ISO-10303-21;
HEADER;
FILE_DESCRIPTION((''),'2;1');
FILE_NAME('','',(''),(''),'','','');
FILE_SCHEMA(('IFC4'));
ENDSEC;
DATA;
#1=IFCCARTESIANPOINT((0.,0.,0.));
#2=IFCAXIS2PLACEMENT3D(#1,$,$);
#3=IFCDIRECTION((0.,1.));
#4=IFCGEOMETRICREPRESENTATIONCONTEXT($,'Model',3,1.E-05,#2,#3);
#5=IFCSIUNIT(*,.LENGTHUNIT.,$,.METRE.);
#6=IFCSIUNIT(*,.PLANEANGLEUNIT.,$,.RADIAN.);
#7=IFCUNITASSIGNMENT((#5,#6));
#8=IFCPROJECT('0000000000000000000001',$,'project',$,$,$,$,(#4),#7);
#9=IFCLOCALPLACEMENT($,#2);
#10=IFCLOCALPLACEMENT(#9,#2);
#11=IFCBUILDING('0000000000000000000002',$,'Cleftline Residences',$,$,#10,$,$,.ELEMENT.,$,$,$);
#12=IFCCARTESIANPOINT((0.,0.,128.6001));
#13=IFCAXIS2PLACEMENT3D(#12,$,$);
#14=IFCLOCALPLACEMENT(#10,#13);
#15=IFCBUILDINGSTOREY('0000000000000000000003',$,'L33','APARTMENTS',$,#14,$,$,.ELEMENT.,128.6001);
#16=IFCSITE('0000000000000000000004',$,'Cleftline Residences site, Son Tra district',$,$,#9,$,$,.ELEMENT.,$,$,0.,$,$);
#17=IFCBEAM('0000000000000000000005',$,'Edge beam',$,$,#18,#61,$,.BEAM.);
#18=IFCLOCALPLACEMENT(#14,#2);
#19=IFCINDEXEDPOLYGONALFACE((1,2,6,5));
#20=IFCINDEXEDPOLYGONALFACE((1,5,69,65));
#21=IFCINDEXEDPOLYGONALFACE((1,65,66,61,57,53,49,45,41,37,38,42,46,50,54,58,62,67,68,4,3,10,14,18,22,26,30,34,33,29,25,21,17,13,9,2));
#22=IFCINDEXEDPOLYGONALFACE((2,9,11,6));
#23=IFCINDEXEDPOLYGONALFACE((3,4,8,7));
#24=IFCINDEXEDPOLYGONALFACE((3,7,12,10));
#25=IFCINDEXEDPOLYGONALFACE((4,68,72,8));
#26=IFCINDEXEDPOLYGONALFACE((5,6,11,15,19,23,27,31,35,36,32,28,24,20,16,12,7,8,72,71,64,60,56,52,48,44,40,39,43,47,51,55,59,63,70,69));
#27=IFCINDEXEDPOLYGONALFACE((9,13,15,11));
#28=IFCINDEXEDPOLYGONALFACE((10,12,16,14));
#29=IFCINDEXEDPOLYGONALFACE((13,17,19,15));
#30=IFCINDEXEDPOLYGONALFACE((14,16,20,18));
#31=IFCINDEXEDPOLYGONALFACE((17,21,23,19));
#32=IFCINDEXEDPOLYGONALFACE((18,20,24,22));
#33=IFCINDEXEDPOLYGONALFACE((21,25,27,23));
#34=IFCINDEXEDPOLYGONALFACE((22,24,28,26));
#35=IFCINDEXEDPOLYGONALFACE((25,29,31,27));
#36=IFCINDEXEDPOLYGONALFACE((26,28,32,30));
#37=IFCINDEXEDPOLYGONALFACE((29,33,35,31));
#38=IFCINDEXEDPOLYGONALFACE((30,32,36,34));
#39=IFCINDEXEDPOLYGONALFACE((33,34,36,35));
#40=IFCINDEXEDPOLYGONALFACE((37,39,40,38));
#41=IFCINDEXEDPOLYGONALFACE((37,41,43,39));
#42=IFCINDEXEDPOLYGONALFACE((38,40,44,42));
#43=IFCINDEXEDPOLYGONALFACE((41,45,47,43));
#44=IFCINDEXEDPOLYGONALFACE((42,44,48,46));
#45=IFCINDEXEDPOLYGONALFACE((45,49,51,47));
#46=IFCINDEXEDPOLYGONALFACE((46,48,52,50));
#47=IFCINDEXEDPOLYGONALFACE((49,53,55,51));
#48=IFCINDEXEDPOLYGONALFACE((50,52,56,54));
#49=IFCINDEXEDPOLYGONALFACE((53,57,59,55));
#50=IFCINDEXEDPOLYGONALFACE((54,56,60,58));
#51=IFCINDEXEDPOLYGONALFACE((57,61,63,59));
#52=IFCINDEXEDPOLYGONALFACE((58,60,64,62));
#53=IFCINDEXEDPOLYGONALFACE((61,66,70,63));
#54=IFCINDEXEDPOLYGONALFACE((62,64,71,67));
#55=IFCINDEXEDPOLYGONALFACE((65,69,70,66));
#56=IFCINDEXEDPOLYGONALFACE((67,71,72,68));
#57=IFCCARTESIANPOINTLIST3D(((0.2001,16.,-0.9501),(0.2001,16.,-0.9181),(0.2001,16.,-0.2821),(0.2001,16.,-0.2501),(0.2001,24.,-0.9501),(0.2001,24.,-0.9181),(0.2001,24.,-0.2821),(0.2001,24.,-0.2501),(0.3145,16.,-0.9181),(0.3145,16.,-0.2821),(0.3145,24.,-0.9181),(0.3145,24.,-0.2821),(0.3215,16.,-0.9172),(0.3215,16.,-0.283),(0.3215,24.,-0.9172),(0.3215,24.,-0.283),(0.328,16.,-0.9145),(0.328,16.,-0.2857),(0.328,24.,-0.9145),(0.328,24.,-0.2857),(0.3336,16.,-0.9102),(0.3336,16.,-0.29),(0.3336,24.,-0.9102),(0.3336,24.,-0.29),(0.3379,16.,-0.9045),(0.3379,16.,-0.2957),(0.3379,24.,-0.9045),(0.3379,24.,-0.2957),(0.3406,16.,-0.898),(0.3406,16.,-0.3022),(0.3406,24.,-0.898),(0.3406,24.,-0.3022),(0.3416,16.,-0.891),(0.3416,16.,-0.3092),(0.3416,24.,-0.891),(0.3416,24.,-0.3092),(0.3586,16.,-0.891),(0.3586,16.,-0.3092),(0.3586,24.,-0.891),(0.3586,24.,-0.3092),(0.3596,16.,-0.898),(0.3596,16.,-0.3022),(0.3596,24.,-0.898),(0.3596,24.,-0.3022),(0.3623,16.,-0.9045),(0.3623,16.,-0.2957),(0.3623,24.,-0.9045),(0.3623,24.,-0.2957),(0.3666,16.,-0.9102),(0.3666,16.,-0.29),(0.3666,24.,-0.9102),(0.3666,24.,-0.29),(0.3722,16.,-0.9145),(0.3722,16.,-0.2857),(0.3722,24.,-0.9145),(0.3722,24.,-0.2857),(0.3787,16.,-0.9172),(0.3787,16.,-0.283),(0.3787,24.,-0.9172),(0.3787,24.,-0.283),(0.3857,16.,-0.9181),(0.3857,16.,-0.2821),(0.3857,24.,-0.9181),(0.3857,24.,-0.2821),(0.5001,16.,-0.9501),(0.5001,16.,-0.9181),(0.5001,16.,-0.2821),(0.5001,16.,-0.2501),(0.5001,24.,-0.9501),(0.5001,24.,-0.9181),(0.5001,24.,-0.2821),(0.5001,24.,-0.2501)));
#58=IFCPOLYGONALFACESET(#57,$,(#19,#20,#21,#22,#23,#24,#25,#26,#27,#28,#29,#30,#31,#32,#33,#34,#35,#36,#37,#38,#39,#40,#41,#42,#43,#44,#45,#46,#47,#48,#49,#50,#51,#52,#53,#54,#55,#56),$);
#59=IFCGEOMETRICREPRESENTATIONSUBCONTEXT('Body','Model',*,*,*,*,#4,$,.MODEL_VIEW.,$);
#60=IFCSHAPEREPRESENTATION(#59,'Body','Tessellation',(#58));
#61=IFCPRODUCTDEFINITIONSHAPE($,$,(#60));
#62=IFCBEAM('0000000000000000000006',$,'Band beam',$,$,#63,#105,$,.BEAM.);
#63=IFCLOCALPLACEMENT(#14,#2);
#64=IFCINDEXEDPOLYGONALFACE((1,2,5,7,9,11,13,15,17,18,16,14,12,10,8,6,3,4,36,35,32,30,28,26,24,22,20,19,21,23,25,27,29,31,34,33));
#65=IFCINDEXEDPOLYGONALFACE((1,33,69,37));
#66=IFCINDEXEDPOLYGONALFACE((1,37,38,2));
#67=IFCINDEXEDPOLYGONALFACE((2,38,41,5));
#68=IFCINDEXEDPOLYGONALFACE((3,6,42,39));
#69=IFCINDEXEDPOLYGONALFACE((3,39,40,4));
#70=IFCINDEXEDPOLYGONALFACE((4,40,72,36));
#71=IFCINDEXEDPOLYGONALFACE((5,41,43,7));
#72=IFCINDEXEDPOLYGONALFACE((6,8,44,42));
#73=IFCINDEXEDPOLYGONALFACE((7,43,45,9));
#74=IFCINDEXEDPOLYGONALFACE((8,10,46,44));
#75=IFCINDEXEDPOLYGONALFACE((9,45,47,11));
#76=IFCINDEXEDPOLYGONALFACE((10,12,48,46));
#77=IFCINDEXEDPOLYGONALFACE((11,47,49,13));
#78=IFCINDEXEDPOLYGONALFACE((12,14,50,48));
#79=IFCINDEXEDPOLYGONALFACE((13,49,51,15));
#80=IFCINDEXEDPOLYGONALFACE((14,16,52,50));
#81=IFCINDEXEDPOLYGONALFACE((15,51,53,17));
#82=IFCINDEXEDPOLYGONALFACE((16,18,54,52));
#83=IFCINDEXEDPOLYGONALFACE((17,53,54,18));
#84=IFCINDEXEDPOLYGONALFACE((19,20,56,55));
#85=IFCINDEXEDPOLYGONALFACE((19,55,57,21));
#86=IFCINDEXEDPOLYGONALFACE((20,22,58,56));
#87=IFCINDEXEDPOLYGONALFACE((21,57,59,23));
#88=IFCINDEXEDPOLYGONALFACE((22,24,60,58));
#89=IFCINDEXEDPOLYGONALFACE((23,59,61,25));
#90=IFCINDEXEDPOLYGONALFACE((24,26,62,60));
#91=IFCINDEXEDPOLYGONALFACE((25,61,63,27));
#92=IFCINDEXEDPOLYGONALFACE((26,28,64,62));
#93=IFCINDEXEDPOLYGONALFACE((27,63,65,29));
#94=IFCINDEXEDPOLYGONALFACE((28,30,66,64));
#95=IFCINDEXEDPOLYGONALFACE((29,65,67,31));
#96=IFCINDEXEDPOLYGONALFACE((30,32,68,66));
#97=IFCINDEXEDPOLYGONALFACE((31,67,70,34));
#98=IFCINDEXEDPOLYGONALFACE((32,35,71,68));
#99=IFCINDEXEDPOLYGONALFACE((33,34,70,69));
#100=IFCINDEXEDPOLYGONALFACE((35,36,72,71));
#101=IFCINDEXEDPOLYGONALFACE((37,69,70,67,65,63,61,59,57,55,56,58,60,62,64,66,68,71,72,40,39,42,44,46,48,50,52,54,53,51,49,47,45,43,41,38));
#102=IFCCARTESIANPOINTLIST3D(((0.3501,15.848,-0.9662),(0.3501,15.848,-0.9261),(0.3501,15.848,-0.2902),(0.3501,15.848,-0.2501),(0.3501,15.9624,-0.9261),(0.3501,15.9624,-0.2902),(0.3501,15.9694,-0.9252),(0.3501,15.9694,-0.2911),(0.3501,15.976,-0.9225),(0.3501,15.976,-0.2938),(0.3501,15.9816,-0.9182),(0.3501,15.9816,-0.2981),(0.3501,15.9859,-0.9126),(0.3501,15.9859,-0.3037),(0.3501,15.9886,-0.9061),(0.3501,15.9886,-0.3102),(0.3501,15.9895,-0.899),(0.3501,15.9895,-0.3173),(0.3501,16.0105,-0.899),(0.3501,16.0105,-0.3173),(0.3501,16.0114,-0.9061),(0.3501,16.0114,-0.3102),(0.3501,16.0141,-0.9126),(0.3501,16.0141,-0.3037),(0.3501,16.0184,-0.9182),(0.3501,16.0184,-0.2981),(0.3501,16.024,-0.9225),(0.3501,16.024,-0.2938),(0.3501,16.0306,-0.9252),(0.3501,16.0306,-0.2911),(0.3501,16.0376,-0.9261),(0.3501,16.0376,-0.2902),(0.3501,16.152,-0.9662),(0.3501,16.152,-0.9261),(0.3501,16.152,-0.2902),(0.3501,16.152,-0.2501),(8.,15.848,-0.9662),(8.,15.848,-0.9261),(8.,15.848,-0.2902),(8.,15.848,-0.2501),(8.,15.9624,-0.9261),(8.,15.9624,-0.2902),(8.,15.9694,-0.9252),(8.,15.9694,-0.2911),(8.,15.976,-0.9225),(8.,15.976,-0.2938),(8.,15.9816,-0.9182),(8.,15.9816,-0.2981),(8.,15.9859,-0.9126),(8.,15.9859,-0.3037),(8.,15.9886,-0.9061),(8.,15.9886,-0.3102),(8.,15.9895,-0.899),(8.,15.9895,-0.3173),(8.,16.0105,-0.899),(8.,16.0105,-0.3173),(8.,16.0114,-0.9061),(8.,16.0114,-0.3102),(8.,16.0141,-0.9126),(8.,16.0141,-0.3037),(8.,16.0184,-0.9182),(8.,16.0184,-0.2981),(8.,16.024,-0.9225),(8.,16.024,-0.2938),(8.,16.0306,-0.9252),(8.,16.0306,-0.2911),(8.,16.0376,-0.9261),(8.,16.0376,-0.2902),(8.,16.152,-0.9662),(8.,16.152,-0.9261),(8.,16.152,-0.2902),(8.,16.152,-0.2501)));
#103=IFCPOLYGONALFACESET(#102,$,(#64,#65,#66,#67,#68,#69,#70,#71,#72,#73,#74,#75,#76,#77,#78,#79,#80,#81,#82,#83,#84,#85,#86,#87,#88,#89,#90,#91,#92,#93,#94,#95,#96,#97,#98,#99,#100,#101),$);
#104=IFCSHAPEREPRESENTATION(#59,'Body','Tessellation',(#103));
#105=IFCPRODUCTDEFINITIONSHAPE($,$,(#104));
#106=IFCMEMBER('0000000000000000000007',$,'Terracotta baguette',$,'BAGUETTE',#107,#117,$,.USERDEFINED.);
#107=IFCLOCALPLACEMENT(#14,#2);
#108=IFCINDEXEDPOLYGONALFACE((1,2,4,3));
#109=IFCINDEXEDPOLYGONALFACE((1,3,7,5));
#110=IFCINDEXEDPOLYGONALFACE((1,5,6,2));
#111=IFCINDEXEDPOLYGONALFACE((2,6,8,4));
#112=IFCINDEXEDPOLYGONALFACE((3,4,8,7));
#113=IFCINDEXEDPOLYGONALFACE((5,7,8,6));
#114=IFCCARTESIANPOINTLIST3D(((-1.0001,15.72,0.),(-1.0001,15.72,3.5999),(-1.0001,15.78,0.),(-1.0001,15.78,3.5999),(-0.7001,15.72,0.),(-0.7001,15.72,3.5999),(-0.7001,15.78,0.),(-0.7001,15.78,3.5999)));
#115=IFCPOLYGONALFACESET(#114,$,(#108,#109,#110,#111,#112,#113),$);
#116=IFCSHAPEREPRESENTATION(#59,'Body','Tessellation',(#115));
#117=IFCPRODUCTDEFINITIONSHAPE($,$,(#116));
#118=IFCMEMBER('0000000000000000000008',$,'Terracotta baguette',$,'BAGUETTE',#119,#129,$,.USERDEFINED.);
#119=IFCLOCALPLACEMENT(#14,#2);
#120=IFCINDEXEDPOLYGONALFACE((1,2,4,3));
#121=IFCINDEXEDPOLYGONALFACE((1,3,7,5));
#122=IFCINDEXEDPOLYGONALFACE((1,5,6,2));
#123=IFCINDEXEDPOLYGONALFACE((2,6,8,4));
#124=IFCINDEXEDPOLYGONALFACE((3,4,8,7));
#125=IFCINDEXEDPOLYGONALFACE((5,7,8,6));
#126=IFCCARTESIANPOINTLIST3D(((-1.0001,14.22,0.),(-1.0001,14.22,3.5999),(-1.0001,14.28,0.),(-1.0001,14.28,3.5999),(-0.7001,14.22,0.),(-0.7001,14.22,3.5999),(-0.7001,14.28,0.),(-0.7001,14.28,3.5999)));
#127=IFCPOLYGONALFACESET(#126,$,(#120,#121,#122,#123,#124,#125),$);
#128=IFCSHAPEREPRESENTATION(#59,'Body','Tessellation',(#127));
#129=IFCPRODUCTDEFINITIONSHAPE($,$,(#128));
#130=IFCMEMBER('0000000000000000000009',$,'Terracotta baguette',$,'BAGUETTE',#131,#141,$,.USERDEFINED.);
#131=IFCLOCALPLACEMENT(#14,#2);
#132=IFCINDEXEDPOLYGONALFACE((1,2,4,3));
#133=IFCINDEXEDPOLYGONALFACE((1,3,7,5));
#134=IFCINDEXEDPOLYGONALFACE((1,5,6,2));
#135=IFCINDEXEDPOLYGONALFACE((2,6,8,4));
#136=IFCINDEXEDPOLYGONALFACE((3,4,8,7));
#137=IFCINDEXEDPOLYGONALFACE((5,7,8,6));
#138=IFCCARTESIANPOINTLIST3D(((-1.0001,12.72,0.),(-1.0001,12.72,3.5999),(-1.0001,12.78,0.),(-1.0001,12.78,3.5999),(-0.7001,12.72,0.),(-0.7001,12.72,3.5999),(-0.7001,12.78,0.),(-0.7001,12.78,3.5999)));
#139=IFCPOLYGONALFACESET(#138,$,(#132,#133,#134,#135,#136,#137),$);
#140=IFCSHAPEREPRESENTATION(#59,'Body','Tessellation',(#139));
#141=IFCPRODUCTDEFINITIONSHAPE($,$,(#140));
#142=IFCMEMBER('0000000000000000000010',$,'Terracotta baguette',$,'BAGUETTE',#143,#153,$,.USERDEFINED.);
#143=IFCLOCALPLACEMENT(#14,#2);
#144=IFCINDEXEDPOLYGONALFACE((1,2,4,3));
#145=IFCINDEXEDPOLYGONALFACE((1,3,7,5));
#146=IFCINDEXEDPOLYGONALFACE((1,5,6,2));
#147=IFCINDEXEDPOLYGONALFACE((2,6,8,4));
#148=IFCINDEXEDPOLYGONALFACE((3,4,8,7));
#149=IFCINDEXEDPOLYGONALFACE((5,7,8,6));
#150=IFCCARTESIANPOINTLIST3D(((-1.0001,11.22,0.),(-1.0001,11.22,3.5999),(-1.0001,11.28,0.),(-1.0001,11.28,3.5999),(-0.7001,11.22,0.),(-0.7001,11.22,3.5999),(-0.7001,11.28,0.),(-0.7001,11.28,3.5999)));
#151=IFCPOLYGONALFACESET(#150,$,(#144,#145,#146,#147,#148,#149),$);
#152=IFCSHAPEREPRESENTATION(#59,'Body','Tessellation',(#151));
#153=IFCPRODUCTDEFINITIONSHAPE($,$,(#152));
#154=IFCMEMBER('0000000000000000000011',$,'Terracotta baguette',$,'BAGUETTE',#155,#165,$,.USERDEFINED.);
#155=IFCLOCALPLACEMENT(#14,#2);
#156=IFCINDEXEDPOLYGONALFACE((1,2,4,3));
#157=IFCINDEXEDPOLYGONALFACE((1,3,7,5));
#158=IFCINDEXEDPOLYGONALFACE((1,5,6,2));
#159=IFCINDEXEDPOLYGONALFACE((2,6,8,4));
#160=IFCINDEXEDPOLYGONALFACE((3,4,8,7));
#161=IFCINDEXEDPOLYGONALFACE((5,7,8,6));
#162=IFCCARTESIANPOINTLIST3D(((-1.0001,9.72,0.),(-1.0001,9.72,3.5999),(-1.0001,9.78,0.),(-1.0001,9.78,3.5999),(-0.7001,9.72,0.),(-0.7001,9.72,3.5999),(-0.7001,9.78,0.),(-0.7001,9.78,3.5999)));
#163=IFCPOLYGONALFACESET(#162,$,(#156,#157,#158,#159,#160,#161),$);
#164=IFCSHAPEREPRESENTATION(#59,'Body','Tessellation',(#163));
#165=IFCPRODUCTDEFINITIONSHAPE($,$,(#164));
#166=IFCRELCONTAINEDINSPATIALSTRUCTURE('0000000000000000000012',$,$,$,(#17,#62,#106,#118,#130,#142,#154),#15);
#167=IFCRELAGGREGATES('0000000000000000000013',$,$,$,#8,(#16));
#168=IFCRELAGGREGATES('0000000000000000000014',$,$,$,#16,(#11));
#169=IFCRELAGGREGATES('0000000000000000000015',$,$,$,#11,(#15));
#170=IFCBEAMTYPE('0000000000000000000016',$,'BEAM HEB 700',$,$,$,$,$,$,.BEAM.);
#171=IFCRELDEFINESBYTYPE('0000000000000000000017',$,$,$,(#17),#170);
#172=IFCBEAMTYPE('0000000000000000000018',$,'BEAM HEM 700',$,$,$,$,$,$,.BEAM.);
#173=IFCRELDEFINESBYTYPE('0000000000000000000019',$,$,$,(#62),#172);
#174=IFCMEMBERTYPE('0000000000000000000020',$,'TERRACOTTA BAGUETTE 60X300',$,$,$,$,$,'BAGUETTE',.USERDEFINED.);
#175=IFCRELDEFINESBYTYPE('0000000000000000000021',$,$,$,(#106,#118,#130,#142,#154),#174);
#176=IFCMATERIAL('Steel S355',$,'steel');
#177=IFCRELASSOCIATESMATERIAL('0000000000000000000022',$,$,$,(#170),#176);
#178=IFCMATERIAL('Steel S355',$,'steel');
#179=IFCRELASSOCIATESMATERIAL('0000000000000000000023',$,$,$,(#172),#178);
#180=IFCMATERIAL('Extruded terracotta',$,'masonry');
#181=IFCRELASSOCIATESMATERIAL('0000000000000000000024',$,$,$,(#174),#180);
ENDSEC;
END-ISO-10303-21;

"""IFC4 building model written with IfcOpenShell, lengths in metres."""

from ifc_helpers import new_model, si_unit, direction, frame, origin, origin_2d, place, context, subcontext, project, spatial, rectangle, i_section, extrude, material, material_profile, profile_set, type_object, element, save


model = new_model("IFC4")

# Units and contexts
model_context = context("Model", 3, precision=1e-05, world=origin(), true_north=direction((0.0, 1.0)))
body_context = subcontext(model_context, "Body", "Model", "MODEL_VIEW")
ifc_project = project(units=[si_unit("LENGTHUNIT", "METRE"), si_unit("PLANEANGLEUNIT", "RADIAN")], contexts=[model_context])

# Site, building, storey
site_placement = place(None, origin())
site = spatial("IfcSite", under=ifc_project, at=site_placement, Name="Cleftline Residences site, Son Tra district", CompositionType="ELEMENT", RefElevation=0.0)
building_placement = place(site_placement, origin())
building = spatial("IfcBuilding", under=site, at=building_placement, Name="Cleftline Residences", CompositionType="ELEMENT")
storey_placement = place(building_placement, frame((0.0, 0.0, 128.6001)))
storey = spatial("IfcBuildingStorey", under=building, at=storey_placement, Name="L33", Description="APARTMENTS", CompositionType="ELEMENT", Elevation=128.6001)

# Beams
ifc_material_1 = material(Name="Steel S355", Category="steel")
ifc_material_profile_1 = material_profile(ifc_material_1, i_section(OverallWidth=0.3, OverallDepth=0.7, WebThickness=0.0171, FlangeThickness=0.032, FilletRadius=0.0271, at=origin_2d()))
ifc_profile_set_1 = profile_set([ifc_material_profile_1], Name="Steel S355")
beam_type_1 = type_object("IfcBeamType", Name="BEAM HEB 700", PredefinedType="BEAM", material=ifc_profile_set_1)
beam_1_placement = place(storey_placement, frame((0.3501, 16.0, -0.6001), z_axis=(0.0, 1.0, 0.0), x_axis=(-1.0, 0.0, 0.0)))
element("IfcBeam", 1, at=beam_1_placement, inside=storey, type_object=beam_type_1, Name="Edge beam", PredefinedType="BEAM", context=body_context, shape_type="SweptSolid", body=[
    extrude(i_section(OverallWidth=0.3, OverallDepth=0.7, WebThickness=0.0171, FlangeThickness=0.032, FilletRadius=0.0271, at=origin_2d()), origin(), (0.0, 0.0, 1.0), 8.0),
])
ifc_material_2 = material(Name="Steel S355", Category="steel")
ifc_material_profile_2 = material_profile(ifc_material_2, i_section(OverallWidth=0.304, OverallDepth=0.7161, WebThickness=0.021, FlangeThickness=0.04, FilletRadius=0.0271, at=origin_2d()))
ifc_profile_set_2 = profile_set([ifc_material_profile_2], Name="Steel S355")
beam_type_2 = type_object("IfcBeamType", Name="BEAM HEM 700", PredefinedType="BEAM", material=ifc_profile_set_2)
beam_2_placement = place(storey_placement, frame((0.3501, 16.0, -0.6082), z_axis=(1.0, 0.0, 0.0), x_axis=(0.0, 1.0, 0.0)))
element("IfcBeam", 2, at=beam_2_placement, inside=storey, type_object=beam_type_2, Name="Band beam", PredefinedType="BEAM", context=body_context, shape_type="SweptSolid", body=[
    extrude(i_section(OverallWidth=0.304, OverallDepth=0.7161, WebThickness=0.021, FlangeThickness=0.04, FilletRadius=0.0271, at=origin_2d()), origin(), (0.0, 0.0, 1.0), 7.6499),
])

# Members
ifc_material_3 = material(Name="Extruded terracotta", Category="masonry")
ifc_material_profile_3 = material_profile(ifc_material_3, rectangle(XDim=0.0601, YDim=0.3, at=origin_2d()))
ifc_profile_set_3 = profile_set([ifc_material_profile_3], Name="Extruded terracotta")
member_type_1 = type_object("IfcMemberType", Name="TERRACOTTA BAGUETTE 60X300", ElementType="BAGUETTE", PredefinedType="USERDEFINED", material=ifc_profile_set_3)
for number, where, z_axis, x_axis, name in (
    (3, (-0.8501, 15.75, 0.0), (0.0, 0.0, 1.0), (0.0, 1.0, 0.0), "Terracotta baguette"),
    (4, (-0.8501, 14.25, 0.0), (0.0, 0.0, 1.0), (0.0, 1.0, 0.0), "Terracotta baguette"),
    (5, (-0.8501, 12.75, 0.0), (0.0, 0.0, 1.0), (0.0, 1.0, 0.0), "Terracotta baguette"),
    (6, (-0.8501, 11.25, 0.0), (0.0, 0.0, 1.0), (0.0, 1.0, 0.0), "Terracotta baguette"),
    (7, (-0.8501, 9.75, 0.0), (0.0, 0.0, 1.0), (0.0, 1.0, 0.0), "Terracotta baguette"),
):
    element("IfcMember", number, at=place(storey_placement, frame(where, z_axis=z_axis, x_axis=x_axis)), inside=storey, type_object=member_type_1, Name=name, ObjectType="BAGUETTE", PredefinedType="USERDEFINED", context=body_context, shape_type="SweptSolid", body=[
        extrude(rectangle(XDim=0.0601, YDim=0.3, at=origin_2d()), origin(), (0.0, 0.0, 1.0), 3.5999),
    ])

save(model, "model.ifc")
